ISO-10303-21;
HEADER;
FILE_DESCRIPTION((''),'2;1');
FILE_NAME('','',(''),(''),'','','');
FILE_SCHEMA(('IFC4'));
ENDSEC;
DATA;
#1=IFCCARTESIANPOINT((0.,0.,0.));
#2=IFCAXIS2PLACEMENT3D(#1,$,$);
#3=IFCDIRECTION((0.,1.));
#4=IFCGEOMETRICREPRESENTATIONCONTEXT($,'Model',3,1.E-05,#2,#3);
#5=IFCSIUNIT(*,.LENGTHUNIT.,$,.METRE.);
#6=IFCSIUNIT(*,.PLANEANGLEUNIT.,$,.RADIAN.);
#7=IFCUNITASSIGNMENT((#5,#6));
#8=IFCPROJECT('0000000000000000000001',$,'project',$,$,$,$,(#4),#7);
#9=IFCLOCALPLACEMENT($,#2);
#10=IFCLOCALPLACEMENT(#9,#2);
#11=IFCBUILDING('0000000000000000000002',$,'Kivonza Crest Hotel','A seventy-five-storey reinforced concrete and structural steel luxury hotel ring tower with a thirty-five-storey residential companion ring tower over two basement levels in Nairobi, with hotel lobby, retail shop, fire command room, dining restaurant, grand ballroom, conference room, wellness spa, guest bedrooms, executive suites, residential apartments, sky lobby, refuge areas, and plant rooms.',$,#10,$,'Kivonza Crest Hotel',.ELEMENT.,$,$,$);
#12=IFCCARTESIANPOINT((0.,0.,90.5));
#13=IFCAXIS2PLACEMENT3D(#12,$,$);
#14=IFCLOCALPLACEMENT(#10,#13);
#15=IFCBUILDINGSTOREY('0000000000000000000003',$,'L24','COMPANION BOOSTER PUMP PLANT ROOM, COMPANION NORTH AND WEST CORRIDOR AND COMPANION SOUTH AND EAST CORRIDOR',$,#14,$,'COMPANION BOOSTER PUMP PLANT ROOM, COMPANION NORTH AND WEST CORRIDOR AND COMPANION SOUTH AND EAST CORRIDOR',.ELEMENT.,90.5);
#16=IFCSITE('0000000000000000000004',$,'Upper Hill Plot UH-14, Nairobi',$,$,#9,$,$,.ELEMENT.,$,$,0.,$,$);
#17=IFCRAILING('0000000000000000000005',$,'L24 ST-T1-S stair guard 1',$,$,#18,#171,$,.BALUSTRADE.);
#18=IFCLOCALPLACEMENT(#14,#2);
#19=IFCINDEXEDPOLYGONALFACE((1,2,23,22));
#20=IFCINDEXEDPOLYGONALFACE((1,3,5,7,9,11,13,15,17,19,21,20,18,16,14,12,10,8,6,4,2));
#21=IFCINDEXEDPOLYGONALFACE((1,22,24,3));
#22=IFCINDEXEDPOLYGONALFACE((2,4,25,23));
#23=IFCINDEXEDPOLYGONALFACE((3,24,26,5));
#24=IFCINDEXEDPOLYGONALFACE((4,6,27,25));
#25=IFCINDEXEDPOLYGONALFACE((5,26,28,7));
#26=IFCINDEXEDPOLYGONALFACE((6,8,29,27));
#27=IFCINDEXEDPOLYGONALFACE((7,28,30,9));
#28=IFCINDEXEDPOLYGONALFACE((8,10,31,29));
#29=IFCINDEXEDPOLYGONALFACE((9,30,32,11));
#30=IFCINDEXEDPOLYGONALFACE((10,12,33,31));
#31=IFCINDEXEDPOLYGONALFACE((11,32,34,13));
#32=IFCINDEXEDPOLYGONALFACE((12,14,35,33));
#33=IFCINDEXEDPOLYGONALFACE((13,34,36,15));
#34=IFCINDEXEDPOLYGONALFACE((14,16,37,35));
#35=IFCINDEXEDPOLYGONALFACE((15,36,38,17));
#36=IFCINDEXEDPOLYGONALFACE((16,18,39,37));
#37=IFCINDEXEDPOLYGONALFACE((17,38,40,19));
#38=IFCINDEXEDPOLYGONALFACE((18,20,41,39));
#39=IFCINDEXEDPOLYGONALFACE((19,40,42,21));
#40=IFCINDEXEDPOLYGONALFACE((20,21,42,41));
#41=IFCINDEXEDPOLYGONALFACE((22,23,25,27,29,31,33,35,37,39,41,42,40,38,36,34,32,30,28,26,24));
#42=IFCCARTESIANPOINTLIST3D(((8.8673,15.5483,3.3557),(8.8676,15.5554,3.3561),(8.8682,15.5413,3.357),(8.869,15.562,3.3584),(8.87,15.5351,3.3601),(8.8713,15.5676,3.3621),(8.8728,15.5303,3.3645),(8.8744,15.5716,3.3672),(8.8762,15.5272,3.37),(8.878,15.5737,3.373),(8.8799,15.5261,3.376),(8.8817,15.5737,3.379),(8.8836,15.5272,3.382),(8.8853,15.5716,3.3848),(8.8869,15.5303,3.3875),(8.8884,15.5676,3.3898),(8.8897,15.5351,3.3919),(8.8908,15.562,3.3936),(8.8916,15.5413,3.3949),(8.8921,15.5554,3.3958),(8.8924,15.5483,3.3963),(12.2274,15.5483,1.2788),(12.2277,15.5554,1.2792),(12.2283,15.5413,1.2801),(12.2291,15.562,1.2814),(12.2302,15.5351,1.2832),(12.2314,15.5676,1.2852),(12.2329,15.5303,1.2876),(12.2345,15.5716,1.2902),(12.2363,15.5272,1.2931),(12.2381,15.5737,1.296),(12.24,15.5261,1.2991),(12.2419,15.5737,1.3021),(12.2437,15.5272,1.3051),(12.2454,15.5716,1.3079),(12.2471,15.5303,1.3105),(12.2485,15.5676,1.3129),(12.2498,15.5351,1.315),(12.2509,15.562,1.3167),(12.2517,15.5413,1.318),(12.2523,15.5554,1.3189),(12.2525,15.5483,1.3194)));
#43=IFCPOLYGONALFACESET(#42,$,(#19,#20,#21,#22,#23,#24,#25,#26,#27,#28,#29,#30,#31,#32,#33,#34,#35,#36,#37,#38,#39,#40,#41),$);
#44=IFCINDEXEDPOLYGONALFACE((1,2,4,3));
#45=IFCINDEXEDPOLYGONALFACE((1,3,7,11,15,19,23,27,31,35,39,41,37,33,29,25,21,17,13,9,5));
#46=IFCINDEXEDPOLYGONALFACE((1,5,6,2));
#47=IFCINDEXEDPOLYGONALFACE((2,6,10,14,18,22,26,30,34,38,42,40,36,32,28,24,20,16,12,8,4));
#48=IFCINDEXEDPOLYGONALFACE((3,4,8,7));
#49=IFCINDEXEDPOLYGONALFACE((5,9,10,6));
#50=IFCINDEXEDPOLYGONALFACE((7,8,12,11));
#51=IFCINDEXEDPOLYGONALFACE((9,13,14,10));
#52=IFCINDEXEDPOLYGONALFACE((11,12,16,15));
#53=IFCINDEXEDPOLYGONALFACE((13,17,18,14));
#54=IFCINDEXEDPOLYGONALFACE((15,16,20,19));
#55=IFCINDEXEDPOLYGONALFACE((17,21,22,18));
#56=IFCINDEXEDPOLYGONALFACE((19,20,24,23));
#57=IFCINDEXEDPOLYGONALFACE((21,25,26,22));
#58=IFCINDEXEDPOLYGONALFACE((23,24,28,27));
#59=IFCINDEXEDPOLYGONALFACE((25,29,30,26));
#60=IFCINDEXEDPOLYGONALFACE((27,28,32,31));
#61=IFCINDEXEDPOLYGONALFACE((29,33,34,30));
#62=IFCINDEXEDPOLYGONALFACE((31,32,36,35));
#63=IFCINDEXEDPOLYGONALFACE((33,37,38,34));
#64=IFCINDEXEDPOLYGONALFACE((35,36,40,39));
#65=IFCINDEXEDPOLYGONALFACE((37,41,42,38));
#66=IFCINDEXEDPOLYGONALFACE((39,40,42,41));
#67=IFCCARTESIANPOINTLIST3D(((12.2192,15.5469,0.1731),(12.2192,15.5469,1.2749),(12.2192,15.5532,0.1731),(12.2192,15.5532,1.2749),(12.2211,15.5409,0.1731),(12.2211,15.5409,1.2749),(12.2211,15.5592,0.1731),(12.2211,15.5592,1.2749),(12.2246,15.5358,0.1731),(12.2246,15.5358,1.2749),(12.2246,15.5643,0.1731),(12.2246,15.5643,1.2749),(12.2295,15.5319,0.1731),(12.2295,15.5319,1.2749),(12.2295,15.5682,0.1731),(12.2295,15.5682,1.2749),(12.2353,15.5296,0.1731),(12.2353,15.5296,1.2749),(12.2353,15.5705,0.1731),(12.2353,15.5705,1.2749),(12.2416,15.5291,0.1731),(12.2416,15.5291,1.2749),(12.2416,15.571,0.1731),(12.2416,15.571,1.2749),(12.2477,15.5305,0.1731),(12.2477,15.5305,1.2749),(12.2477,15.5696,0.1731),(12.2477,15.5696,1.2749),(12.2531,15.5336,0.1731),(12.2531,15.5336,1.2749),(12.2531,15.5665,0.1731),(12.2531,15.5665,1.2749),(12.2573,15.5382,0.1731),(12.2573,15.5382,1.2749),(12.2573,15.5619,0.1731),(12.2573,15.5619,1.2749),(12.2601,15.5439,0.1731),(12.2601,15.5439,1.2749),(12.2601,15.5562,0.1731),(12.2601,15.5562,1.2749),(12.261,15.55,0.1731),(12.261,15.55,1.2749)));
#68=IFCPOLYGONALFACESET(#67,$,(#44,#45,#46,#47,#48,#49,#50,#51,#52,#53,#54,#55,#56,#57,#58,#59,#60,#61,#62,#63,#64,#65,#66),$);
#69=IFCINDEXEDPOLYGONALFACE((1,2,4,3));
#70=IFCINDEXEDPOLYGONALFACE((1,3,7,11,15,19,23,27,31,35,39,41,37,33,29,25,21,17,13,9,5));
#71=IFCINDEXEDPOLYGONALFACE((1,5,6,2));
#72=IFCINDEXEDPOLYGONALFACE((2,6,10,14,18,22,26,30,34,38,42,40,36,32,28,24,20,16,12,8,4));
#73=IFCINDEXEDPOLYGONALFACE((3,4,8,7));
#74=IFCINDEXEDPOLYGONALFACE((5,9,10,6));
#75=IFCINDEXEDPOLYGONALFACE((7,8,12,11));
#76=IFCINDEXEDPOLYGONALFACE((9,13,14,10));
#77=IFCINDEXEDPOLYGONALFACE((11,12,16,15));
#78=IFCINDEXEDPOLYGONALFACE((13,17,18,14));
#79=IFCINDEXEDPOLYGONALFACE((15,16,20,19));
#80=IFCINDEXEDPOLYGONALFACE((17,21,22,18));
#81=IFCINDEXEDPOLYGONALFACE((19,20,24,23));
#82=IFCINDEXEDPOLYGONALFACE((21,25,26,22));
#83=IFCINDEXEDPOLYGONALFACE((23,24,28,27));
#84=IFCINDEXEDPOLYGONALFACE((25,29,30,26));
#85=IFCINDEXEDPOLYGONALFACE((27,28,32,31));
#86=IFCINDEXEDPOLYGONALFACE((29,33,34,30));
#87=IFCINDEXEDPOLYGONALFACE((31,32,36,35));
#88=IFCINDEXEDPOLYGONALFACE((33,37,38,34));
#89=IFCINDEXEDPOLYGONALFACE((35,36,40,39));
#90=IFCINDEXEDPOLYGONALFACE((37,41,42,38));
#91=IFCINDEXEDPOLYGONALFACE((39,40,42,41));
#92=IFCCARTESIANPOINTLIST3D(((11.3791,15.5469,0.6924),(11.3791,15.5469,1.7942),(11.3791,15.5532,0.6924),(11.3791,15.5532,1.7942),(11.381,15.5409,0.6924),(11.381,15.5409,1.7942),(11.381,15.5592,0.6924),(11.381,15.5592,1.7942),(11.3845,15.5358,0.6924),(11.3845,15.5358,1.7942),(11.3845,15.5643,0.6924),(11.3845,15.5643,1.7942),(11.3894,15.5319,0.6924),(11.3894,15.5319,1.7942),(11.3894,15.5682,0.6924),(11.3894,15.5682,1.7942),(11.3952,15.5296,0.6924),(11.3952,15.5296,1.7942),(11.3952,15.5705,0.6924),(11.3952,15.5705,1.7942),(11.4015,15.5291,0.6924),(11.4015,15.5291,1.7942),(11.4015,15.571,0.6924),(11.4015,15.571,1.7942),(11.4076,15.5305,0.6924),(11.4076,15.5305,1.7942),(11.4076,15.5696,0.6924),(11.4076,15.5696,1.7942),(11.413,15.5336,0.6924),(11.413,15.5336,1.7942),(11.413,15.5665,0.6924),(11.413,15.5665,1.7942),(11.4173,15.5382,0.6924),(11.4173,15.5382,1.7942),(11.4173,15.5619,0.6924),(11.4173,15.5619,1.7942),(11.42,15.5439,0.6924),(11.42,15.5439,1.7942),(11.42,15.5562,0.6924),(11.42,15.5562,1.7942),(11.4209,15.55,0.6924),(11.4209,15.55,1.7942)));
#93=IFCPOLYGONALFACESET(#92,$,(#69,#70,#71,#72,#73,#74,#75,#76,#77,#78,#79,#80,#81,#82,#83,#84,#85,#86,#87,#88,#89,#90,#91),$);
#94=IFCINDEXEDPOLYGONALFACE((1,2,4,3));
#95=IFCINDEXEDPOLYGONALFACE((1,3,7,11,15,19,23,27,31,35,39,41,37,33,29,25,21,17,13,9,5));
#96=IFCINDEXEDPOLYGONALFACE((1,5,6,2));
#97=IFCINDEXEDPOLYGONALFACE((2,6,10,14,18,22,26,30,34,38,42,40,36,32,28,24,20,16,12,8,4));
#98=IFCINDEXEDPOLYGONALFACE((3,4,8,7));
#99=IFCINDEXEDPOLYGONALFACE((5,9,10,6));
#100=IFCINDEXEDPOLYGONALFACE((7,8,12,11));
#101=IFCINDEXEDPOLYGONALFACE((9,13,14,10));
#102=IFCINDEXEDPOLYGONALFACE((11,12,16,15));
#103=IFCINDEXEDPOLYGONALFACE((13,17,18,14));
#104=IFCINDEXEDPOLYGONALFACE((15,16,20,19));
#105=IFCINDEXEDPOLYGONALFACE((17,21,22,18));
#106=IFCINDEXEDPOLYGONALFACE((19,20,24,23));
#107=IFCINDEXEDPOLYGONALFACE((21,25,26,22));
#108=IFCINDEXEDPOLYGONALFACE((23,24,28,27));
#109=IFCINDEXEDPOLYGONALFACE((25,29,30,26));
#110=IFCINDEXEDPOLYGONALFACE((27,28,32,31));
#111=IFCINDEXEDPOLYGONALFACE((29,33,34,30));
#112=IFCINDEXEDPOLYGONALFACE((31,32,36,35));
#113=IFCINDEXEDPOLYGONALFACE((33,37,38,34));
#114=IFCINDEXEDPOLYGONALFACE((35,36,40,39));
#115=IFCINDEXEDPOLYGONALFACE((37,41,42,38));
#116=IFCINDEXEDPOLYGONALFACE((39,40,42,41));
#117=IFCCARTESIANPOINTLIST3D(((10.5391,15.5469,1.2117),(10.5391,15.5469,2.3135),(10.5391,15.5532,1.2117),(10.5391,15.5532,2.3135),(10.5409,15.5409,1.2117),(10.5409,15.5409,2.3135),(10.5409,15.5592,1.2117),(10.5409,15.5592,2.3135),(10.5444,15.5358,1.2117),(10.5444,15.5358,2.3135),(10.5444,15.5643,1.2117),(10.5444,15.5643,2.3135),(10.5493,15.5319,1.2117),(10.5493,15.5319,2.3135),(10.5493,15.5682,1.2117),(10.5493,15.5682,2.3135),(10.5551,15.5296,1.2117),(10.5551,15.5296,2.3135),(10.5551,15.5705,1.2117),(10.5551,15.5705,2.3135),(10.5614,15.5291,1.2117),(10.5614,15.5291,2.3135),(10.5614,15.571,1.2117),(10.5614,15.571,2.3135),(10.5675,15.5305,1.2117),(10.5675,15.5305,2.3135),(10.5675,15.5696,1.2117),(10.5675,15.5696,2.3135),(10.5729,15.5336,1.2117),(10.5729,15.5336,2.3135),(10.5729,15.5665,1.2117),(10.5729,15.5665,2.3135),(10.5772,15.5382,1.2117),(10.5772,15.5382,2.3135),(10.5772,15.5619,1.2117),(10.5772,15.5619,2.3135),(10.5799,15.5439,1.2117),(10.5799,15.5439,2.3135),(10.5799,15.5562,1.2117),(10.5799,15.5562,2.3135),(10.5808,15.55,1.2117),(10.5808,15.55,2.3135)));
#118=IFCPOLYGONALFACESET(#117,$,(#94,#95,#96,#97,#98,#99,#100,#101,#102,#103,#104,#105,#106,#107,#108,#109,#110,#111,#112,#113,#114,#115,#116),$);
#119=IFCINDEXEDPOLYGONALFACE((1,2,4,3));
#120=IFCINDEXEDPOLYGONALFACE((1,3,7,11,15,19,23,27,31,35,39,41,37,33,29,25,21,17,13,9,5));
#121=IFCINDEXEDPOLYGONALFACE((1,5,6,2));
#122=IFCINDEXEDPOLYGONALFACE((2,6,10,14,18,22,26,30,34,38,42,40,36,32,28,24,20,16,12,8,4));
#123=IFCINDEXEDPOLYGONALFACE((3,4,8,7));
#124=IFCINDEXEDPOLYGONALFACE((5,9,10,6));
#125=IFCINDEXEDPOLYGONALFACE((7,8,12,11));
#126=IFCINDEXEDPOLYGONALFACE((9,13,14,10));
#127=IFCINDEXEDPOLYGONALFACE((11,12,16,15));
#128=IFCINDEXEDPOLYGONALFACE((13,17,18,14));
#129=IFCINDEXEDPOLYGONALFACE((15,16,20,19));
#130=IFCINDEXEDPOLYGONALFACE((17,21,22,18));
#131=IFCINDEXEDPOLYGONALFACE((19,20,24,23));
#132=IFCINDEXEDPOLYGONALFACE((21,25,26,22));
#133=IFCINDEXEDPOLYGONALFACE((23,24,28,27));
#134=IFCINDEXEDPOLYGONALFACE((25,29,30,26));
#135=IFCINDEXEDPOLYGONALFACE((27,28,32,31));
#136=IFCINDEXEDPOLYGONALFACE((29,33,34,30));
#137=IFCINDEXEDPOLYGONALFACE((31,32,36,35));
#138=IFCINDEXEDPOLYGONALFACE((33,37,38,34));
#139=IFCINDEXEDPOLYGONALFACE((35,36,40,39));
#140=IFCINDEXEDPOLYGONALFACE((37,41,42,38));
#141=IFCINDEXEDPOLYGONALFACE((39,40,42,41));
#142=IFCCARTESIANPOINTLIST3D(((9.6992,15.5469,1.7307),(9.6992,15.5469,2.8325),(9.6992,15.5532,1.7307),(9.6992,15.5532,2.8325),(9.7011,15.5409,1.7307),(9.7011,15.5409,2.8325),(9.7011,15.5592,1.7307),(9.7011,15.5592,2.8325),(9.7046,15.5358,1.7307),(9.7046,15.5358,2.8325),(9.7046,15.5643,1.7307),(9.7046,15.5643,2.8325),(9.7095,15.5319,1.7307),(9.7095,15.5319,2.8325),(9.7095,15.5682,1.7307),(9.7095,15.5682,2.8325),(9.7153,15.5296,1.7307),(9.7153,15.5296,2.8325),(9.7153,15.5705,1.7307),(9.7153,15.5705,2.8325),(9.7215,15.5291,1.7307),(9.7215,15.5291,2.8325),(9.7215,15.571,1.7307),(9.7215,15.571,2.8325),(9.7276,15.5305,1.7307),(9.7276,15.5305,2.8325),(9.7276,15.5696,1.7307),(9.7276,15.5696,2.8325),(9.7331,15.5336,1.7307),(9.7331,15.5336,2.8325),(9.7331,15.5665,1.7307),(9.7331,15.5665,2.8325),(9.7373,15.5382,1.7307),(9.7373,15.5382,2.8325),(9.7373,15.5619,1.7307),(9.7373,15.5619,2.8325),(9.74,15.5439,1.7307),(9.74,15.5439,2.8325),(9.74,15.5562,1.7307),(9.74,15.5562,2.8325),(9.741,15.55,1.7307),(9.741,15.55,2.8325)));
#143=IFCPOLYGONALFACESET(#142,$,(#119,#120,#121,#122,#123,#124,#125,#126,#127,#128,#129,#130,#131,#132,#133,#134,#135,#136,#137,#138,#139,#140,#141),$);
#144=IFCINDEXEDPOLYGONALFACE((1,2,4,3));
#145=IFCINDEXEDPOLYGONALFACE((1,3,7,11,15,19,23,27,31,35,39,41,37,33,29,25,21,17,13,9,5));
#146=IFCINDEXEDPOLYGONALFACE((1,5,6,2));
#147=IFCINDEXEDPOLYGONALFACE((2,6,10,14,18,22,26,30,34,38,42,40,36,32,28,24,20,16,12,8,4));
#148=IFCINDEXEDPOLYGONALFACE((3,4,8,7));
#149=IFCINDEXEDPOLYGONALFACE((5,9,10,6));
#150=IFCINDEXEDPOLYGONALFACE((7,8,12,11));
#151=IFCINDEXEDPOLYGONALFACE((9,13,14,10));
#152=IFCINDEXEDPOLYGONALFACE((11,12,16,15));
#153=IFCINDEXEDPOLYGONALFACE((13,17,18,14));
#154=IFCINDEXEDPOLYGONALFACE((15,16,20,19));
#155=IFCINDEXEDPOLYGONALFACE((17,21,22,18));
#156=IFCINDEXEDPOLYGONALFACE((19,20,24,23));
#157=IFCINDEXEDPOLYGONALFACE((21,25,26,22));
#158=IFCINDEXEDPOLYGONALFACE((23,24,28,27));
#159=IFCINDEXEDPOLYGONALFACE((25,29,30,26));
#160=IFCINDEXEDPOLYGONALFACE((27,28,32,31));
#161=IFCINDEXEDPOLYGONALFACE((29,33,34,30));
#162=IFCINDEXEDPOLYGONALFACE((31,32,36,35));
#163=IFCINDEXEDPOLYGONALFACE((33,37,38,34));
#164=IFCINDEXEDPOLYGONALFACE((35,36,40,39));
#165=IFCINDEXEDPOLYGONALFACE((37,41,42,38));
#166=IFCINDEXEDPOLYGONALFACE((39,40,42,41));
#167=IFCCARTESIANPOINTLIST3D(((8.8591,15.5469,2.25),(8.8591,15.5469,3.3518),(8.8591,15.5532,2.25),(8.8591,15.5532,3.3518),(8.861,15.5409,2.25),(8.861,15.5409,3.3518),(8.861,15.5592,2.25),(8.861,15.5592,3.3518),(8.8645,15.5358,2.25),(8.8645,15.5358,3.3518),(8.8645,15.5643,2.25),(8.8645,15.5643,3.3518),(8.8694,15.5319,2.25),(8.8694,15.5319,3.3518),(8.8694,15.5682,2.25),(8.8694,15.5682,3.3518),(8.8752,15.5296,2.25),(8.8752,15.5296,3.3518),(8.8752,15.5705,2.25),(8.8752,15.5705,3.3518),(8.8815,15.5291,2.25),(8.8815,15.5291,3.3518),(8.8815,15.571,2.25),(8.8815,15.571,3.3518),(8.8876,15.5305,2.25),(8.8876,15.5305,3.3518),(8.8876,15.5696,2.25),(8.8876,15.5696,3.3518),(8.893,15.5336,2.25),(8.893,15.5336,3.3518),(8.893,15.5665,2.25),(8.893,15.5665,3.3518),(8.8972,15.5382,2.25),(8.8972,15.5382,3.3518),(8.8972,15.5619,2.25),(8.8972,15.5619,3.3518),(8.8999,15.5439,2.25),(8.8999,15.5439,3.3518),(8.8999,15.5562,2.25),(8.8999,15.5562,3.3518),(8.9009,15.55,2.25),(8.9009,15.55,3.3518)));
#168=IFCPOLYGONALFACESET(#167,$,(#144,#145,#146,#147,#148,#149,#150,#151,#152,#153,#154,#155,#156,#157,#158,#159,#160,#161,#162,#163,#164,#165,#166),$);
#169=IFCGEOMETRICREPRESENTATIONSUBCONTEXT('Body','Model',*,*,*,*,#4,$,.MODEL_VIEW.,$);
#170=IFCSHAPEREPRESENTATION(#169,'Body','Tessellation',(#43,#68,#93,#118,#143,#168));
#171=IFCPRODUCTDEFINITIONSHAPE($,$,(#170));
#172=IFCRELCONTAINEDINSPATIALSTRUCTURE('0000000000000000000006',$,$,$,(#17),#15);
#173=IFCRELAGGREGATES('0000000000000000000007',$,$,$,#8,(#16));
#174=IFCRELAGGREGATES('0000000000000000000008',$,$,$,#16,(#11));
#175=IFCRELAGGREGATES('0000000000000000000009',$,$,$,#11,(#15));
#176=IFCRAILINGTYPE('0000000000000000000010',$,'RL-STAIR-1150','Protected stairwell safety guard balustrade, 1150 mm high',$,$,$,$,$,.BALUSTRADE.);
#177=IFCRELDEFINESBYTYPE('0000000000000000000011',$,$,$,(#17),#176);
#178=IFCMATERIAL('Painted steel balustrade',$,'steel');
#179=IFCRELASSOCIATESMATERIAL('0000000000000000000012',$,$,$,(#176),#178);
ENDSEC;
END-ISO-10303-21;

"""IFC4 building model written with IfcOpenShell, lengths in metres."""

from ifc_helpers import new_model, si_unit, direction, frame, origin, origin_2d, place, context, subcontext, project, spatial, circle, extrude, material, type_object, element, save


model = new_model("IFC4")

# Units and contexts
model_context = context("Model", 3, precision=1e-05, world=origin(), true_north=direction((0.0, 1.0)))
body_context = subcontext(model_context, "Body", "Model", "MODEL_VIEW")
ifc_project = project(units=[si_unit("LENGTHUNIT", "METRE"), si_unit("PLANEANGLEUNIT", "RADIAN")], contexts=[model_context])

# Site, building, storey
site_placement = place(None, origin())
site = spatial("IfcSite", under=ifc_project, at=site_placement, Name="Upper Hill Plot UH-14, Nairobi", CompositionType="ELEMENT", RefElevation=0.0)
building_placement = place(site_placement, origin())
building = spatial("IfcBuilding", under=site, at=building_placement, Name="Kivonza Crest Hotel", Description="A seventy-five-storey reinforced concrete and structural steel luxury hotel ring tower with a thirty-five-storey residential companion ring tower over two basement levels in Nairobi, with hotel lobby, retail shop, fire command room, dining restaurant, grand ballroom, conference room, wellness spa, guest bedrooms, executive suites, residential apartments, sky lobby, refuge areas, and plant rooms.", LongName="Kivonza Crest Hotel", CompositionType="ELEMENT")
storey_placement = place(building_placement, frame((0.0, 0.0, 90.5)))
storey = spatial("IfcBuildingStorey", under=building, at=storey_placement, Name="L24", Description="COMPANION BOOSTER PUMP PLANT ROOM, COMPANION NORTH AND WEST CORRIDOR AND COMPANION SOUTH AND EAST CORRIDOR", LongName="COMPANION BOOSTER PUMP PLANT ROOM, COMPANION NORTH AND WEST CORRIDOR AND COMPANION SOUTH AND EAST CORRIDOR", CompositionType="ELEMENT", Elevation=90.5)

# Railing
ifc_material_1 = material(Name="Painted steel balustrade", Category="steel")
railing_type_1 = type_object("IfcRailingType", Name="RL-STAIR-1150", Description="Protected stairwell safety guard balustrade, 1150 mm high", PredefinedType="BALUSTRADE", material=ifc_material_1)
railing_1_placement = place(storey_placement, frame((12.24, 15.55, 0.1731)))
element("IfcRailing", 1, at=railing_1_placement, inside=storey, type_object=railing_type_1, Name="L24 ST-T1-S stair guard 1", PredefinedType="BALUSTRADE", context=body_context, shape_type="SweptSolid", body=[
    extrude(circle(Radius=0.0239, at=origin_2d()), frame((0.0, 0.0, 1.126), z_axis=(-0.850623, 0.0, 0.525776), x_axis=(0.0, -1.0, 0.0)), (0.0, 0.0, 1.0), 3.9502),
    extrude(circle(Radius=0.021, at=origin_2d()), origin(), (0.0, 0.0, 1.0), 1.1018),
    extrude(circle(Radius=0.021, at=origin_2d()), frame((-0.8401, 0.0, 0.5193)), (0.0, 0.0, 1.0), 1.1018),
    extrude(circle(Radius=0.021, at=origin_2d()), frame((-1.6802, 0.0, 1.0386)), (0.0, 0.0, 1.0), 1.1018),
    extrude(circle(Radius=0.021, at=origin_2d()), frame((-2.52, 0.0, 1.5576)), (0.0, 0.0, 1.0), 1.1018),
    extrude(circle(Radius=0.021, at=origin_2d()), frame((-3.3601, 0.0, 2.0769)), (0.0, 0.0, 1.0), 1.1018),
])

save(model, "model.ifc")
